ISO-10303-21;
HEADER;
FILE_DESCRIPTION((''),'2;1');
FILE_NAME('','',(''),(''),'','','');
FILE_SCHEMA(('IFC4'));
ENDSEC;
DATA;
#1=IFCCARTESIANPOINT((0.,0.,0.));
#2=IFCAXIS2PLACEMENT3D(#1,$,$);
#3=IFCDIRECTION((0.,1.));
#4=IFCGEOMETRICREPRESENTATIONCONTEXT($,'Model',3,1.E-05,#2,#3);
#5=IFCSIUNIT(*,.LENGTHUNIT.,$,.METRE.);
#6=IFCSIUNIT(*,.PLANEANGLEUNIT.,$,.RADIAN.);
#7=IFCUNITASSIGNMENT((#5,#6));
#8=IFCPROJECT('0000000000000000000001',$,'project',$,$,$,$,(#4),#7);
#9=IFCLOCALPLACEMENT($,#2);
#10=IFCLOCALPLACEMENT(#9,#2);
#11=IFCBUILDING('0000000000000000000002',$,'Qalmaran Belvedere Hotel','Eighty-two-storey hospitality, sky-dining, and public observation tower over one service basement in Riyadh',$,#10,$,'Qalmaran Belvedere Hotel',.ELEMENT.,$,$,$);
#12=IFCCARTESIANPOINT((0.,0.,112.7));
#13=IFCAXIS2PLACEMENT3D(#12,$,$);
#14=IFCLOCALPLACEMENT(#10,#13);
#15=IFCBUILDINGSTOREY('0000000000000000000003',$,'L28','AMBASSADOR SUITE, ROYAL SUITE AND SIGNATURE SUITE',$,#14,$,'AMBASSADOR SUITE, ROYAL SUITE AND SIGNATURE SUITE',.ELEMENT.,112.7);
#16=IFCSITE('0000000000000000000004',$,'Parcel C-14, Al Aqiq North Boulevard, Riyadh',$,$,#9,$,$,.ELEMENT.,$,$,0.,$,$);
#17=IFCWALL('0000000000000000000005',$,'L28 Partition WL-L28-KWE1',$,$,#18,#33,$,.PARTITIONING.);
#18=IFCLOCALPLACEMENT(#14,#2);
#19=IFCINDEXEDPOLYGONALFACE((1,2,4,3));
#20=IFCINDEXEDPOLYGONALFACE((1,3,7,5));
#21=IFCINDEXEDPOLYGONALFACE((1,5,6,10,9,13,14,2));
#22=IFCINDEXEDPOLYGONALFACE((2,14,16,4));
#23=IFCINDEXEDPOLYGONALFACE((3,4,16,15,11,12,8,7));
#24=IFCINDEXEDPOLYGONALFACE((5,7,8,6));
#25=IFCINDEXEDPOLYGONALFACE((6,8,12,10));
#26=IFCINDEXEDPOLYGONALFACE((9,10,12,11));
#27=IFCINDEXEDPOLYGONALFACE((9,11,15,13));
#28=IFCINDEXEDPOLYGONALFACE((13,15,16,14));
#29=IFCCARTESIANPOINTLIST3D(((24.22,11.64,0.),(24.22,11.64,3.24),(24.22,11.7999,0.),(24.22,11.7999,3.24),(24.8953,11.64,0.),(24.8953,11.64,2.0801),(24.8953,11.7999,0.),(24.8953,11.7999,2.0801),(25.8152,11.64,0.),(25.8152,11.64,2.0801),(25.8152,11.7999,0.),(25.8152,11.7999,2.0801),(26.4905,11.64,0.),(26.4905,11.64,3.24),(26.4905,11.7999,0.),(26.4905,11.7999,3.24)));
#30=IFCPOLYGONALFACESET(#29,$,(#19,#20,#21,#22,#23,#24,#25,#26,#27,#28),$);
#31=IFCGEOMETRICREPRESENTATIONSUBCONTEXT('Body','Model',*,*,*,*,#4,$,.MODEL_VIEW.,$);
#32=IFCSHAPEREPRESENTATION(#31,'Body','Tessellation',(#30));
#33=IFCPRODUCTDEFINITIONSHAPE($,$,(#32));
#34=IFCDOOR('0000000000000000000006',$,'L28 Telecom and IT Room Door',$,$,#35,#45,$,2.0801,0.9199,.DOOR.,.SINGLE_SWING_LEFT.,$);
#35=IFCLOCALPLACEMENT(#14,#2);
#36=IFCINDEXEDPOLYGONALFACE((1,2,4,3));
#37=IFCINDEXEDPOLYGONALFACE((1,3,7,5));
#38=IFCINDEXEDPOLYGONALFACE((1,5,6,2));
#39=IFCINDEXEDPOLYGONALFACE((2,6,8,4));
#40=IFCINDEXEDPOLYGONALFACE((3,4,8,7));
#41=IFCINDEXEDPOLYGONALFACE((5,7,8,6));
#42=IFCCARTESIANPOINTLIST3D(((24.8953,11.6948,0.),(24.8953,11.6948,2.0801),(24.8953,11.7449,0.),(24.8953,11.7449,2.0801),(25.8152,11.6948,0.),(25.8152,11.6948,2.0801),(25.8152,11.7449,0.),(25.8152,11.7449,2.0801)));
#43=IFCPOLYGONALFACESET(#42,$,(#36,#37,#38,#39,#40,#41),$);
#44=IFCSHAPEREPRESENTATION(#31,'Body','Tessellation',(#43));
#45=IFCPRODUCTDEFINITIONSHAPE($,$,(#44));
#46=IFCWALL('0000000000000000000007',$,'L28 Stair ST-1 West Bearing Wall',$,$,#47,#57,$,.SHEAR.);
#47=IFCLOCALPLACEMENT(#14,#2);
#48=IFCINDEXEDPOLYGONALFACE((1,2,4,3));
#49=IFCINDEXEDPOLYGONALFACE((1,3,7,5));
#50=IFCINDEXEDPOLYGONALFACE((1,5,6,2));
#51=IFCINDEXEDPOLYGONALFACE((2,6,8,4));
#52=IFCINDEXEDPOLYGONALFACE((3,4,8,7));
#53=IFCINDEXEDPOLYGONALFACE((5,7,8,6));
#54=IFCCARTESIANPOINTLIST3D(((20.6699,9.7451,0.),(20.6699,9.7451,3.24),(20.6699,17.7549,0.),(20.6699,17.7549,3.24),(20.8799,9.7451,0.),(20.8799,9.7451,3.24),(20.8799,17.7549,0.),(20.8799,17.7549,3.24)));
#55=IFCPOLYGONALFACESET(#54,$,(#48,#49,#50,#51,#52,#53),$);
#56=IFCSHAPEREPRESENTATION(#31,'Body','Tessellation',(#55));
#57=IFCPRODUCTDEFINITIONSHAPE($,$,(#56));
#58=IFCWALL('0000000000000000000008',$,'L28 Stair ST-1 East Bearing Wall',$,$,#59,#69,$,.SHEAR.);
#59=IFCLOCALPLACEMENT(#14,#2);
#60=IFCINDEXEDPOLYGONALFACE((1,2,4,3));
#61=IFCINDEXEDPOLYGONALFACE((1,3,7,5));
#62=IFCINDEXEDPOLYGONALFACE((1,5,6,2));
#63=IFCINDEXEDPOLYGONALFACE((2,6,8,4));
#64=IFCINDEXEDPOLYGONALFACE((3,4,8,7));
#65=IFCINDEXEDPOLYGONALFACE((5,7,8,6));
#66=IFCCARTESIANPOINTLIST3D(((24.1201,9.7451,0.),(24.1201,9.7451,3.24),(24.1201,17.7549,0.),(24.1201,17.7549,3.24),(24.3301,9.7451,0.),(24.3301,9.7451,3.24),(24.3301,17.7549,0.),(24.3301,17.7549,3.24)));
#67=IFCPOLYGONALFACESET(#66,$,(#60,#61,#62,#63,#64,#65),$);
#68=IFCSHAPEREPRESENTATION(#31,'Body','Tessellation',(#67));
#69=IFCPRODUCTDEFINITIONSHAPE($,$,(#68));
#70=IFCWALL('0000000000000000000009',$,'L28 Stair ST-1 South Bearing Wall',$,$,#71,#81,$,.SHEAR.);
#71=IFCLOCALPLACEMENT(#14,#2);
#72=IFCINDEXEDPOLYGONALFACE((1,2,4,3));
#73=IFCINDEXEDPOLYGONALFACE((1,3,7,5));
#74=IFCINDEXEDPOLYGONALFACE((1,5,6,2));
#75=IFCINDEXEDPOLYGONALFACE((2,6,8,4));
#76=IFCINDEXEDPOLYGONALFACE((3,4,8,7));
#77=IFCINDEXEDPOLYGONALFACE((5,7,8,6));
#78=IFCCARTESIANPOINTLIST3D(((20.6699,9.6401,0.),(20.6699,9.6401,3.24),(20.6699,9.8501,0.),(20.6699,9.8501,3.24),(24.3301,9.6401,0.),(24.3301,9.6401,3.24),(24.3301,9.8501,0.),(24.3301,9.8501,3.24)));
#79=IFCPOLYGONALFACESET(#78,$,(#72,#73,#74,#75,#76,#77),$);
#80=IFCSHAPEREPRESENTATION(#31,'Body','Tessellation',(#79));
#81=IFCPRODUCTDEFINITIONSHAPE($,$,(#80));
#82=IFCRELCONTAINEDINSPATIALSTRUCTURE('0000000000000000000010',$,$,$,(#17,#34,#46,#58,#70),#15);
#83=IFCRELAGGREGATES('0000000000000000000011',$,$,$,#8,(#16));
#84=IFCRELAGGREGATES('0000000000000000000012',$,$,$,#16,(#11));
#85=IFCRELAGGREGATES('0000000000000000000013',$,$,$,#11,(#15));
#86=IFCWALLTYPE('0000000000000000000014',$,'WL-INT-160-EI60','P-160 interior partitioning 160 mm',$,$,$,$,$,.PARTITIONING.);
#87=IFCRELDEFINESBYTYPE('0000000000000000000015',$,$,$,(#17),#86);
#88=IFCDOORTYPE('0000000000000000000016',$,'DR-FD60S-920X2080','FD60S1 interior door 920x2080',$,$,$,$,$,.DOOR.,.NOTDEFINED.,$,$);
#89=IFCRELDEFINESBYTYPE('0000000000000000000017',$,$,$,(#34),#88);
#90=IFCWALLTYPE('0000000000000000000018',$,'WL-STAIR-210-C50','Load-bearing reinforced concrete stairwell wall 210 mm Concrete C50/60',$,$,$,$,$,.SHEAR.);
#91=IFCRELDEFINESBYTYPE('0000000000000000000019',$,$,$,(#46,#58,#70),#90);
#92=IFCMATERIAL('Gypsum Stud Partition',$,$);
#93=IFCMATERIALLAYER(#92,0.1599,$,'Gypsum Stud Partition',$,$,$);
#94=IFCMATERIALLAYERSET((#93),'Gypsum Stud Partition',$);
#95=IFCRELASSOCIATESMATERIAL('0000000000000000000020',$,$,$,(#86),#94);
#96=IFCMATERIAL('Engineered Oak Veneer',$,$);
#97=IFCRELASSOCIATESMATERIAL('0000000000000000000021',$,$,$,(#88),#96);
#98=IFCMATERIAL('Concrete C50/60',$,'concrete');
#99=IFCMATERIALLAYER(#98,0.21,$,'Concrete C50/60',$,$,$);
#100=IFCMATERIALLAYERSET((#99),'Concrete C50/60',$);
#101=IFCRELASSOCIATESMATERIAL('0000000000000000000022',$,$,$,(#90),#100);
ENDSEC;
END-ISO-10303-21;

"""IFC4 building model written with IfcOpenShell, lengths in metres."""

from ifc_helpers import new_model, si_unit, direction, frame, frame_2d, origin, place, context, subcontext, project, spatial, rectangle, extrude, material, layer, layer_set, type_object, element, fill, save


model = new_model("IFC4")

# Units and contexts
model_context = context("Model", 3, precision=1e-05, world=origin(), true_north=direction((0.0, 1.0)))
body_context = subcontext(model_context, "Body", "Model", "MODEL_VIEW")
ifc_project = project(units=[si_unit("LENGTHUNIT", "METRE"), si_unit("PLANEANGLEUNIT", "RADIAN")], contexts=[model_context])

# Site, building, storey
site_placement = place(None, origin())
site = spatial("IfcSite", under=ifc_project, at=site_placement, Name="Parcel C-14, Al Aqiq North Boulevard, Riyadh", CompositionType="ELEMENT", RefElevation=0.0)
building_placement = place(site_placement, origin())
building = spatial("IfcBuilding", under=site, at=building_placement, Name="Qalmaran Belvedere Hotel", Description="Eighty-two-storey hospitality, sky-dining, and public observation tower over one service basement in Riyadh", LongName="Qalmaran Belvedere Hotel", CompositionType="ELEMENT")
storey_placement = place(building_placement, frame((0.0, 0.0, 112.7)))
storey = spatial("IfcBuildingStorey", under=building, at=storey_placement, Name="L28", Description="AMBASSADOR SUITE, ROYAL SUITE AND SIGNATURE SUITE", LongName="AMBASSADOR SUITE, ROYAL SUITE AND SIGNATURE SUITE", CompositionType="ELEMENT", Elevation=112.7)

# Shared definitions
ifc_material_1 = material(Name="Concrete C50/60", Category="concrete")
ifc_material_2 = material(Name="Gypsum Stud Partition")

# Wall, opening, door
ifc_layer_1 = layer(ifc_material_2, 0.1599, Name="Gypsum Stud Partition")
ifc_layer_set_1 = layer_set([ifc_layer_1], Name="Gypsum Stud Partition")
wall_type_1 = type_object("IfcWallType", Name="WL-INT-160-EI60", Description="P-160 interior partitioning 160 mm", PredefinedType="PARTITIONING", material=ifc_layer_set_1)
wall_1_placement = place(storey_placement, frame((24.22, 11.72, 0.0), z_axis=(0.0, 0.0, 1.0), x_axis=(1.0, 0.0, 0.0)))
wall_1 = element("IfcWall", 1, at=wall_1_placement, inside=storey, type_object=wall_type_1, Name="L28 Partition WL-L28-KWE1", PredefinedType="PARTITIONING", context=body_context, shape_type="SweptSolid", body=[
    extrude(rectangle(XDim=2.2705, YDim=0.1599, at=frame_2d((1.1353, 0.0))), origin(), (0.0, 0.0, 1.0), 3.24),
])
opening_1_placement = place(wall_1_placement, frame((0.6753, 0.0, 0.0)))
opening_1 = element("IfcOpeningElement", 2, at=opening_1_placement, cuts=wall_1, PredefinedType="OPENING", context=body_context, shape_type="SweptSolid", body=[
    extrude(rectangle(XDim=0.9199, YDim=2.0801, at=frame_2d((0.46, 1.04))), frame((0.0, 0.0898, 0.0), z_axis=(0.0, -1.0, 0.0), x_axis=(1.0, 0.0, 0.0)), (0.0, 0.0, 1.0), 0.1799),
])
ifc_material_3 = material(Name="Engineered Oak Veneer")
door_type_1 = type_object("IfcDoorType", Name="DR-FD60S-920X2080", Description="FD60S1 interior door 920x2080", OperationType="NOTDEFINED", PredefinedType="DOOR", material=ifc_material_3)
door_1_placement = place(opening_1_placement, origin())
door_1 = element("IfcDoor", 3, at=door_1_placement, inside=storey, type_object=door_type_1, Name="L28 Telecom and IT Room Door", OperationType="SINGLE_SWING_LEFT", OverallHeight=2.0801, OverallWidth=0.9199, PredefinedType="DOOR", context=body_context, shape_type="SweptSolid", body=[
    extrude(rectangle(XDim=0.9199, YDim=2.0801, at=frame_2d((0.46, 1.04))), frame((0.0, 0.0249, 0.0), z_axis=(0.0, -1.0, 0.0), x_axis=(1.0, 0.0, 0.0)), (0.0, 0.0, 1.0), 0.05),
])
fill(opening_1, door_1)

# Walls
ifc_layer_2 = layer(ifc_material_1, 0.21, Name="Concrete C50/60")
ifc_layer_set_2 = layer_set([ifc_layer_2], Name="Concrete C50/60")
wall_type_2 = type_object("IfcWallType", Name="WL-STAIR-210-C50", Description="Load-bearing reinforced concrete stairwell wall 210 mm Concrete C50/60", PredefinedType="SHEAR", material=ifc_layer_set_2)
for number, where, z_axis, x_axis, name in (
    (4, (20.7749, 9.7451, 0.0), (0.0, 0.0, 1.0), (0.0, 1.0, 0.0), "L28 Stair ST-1 West Bearing Wall"),
    (5, (24.2251, 9.7451, 0.0), (0.0, 0.0, 1.0), (0.0, 1.0, 0.0), "L28 Stair ST-1 East Bearing Wall"),
):
    element("IfcWall", number, at=place(storey_placement, frame(where, z_axis=z_axis, x_axis=x_axis)), inside=storey, type_object=wall_type_2, Name=name, PredefinedType="SHEAR", context=body_context, shape_type="SweptSolid", body=[
        extrude(rectangle(XDim=8.0098, YDim=0.21, at=frame_2d((4.0049, 0.0))), origin(), (0.0, 0.0, 1.0), 3.24),
    ])
wall_2_placement = place(storey_placement, frame((20.6699, 9.7451, 0.0), z_axis=(0.0, 0.0, 1.0), x_axis=(1.0, 0.0, 0.0)))
element("IfcWall", 6, at=wall_2_placement, inside=storey, type_object=wall_type_2, Name="L28 Stair ST-1 South Bearing Wall", PredefinedType="SHEAR", context=body_context, shape_type="SweptSolid", body=[
    extrude(rectangle(XDim=3.6602, YDim=0.21, at=frame_2d((1.8301, 0.0))), origin(), (0.0, 0.0, 1.0), 3.24),
])

save(model, "model.ifc")
